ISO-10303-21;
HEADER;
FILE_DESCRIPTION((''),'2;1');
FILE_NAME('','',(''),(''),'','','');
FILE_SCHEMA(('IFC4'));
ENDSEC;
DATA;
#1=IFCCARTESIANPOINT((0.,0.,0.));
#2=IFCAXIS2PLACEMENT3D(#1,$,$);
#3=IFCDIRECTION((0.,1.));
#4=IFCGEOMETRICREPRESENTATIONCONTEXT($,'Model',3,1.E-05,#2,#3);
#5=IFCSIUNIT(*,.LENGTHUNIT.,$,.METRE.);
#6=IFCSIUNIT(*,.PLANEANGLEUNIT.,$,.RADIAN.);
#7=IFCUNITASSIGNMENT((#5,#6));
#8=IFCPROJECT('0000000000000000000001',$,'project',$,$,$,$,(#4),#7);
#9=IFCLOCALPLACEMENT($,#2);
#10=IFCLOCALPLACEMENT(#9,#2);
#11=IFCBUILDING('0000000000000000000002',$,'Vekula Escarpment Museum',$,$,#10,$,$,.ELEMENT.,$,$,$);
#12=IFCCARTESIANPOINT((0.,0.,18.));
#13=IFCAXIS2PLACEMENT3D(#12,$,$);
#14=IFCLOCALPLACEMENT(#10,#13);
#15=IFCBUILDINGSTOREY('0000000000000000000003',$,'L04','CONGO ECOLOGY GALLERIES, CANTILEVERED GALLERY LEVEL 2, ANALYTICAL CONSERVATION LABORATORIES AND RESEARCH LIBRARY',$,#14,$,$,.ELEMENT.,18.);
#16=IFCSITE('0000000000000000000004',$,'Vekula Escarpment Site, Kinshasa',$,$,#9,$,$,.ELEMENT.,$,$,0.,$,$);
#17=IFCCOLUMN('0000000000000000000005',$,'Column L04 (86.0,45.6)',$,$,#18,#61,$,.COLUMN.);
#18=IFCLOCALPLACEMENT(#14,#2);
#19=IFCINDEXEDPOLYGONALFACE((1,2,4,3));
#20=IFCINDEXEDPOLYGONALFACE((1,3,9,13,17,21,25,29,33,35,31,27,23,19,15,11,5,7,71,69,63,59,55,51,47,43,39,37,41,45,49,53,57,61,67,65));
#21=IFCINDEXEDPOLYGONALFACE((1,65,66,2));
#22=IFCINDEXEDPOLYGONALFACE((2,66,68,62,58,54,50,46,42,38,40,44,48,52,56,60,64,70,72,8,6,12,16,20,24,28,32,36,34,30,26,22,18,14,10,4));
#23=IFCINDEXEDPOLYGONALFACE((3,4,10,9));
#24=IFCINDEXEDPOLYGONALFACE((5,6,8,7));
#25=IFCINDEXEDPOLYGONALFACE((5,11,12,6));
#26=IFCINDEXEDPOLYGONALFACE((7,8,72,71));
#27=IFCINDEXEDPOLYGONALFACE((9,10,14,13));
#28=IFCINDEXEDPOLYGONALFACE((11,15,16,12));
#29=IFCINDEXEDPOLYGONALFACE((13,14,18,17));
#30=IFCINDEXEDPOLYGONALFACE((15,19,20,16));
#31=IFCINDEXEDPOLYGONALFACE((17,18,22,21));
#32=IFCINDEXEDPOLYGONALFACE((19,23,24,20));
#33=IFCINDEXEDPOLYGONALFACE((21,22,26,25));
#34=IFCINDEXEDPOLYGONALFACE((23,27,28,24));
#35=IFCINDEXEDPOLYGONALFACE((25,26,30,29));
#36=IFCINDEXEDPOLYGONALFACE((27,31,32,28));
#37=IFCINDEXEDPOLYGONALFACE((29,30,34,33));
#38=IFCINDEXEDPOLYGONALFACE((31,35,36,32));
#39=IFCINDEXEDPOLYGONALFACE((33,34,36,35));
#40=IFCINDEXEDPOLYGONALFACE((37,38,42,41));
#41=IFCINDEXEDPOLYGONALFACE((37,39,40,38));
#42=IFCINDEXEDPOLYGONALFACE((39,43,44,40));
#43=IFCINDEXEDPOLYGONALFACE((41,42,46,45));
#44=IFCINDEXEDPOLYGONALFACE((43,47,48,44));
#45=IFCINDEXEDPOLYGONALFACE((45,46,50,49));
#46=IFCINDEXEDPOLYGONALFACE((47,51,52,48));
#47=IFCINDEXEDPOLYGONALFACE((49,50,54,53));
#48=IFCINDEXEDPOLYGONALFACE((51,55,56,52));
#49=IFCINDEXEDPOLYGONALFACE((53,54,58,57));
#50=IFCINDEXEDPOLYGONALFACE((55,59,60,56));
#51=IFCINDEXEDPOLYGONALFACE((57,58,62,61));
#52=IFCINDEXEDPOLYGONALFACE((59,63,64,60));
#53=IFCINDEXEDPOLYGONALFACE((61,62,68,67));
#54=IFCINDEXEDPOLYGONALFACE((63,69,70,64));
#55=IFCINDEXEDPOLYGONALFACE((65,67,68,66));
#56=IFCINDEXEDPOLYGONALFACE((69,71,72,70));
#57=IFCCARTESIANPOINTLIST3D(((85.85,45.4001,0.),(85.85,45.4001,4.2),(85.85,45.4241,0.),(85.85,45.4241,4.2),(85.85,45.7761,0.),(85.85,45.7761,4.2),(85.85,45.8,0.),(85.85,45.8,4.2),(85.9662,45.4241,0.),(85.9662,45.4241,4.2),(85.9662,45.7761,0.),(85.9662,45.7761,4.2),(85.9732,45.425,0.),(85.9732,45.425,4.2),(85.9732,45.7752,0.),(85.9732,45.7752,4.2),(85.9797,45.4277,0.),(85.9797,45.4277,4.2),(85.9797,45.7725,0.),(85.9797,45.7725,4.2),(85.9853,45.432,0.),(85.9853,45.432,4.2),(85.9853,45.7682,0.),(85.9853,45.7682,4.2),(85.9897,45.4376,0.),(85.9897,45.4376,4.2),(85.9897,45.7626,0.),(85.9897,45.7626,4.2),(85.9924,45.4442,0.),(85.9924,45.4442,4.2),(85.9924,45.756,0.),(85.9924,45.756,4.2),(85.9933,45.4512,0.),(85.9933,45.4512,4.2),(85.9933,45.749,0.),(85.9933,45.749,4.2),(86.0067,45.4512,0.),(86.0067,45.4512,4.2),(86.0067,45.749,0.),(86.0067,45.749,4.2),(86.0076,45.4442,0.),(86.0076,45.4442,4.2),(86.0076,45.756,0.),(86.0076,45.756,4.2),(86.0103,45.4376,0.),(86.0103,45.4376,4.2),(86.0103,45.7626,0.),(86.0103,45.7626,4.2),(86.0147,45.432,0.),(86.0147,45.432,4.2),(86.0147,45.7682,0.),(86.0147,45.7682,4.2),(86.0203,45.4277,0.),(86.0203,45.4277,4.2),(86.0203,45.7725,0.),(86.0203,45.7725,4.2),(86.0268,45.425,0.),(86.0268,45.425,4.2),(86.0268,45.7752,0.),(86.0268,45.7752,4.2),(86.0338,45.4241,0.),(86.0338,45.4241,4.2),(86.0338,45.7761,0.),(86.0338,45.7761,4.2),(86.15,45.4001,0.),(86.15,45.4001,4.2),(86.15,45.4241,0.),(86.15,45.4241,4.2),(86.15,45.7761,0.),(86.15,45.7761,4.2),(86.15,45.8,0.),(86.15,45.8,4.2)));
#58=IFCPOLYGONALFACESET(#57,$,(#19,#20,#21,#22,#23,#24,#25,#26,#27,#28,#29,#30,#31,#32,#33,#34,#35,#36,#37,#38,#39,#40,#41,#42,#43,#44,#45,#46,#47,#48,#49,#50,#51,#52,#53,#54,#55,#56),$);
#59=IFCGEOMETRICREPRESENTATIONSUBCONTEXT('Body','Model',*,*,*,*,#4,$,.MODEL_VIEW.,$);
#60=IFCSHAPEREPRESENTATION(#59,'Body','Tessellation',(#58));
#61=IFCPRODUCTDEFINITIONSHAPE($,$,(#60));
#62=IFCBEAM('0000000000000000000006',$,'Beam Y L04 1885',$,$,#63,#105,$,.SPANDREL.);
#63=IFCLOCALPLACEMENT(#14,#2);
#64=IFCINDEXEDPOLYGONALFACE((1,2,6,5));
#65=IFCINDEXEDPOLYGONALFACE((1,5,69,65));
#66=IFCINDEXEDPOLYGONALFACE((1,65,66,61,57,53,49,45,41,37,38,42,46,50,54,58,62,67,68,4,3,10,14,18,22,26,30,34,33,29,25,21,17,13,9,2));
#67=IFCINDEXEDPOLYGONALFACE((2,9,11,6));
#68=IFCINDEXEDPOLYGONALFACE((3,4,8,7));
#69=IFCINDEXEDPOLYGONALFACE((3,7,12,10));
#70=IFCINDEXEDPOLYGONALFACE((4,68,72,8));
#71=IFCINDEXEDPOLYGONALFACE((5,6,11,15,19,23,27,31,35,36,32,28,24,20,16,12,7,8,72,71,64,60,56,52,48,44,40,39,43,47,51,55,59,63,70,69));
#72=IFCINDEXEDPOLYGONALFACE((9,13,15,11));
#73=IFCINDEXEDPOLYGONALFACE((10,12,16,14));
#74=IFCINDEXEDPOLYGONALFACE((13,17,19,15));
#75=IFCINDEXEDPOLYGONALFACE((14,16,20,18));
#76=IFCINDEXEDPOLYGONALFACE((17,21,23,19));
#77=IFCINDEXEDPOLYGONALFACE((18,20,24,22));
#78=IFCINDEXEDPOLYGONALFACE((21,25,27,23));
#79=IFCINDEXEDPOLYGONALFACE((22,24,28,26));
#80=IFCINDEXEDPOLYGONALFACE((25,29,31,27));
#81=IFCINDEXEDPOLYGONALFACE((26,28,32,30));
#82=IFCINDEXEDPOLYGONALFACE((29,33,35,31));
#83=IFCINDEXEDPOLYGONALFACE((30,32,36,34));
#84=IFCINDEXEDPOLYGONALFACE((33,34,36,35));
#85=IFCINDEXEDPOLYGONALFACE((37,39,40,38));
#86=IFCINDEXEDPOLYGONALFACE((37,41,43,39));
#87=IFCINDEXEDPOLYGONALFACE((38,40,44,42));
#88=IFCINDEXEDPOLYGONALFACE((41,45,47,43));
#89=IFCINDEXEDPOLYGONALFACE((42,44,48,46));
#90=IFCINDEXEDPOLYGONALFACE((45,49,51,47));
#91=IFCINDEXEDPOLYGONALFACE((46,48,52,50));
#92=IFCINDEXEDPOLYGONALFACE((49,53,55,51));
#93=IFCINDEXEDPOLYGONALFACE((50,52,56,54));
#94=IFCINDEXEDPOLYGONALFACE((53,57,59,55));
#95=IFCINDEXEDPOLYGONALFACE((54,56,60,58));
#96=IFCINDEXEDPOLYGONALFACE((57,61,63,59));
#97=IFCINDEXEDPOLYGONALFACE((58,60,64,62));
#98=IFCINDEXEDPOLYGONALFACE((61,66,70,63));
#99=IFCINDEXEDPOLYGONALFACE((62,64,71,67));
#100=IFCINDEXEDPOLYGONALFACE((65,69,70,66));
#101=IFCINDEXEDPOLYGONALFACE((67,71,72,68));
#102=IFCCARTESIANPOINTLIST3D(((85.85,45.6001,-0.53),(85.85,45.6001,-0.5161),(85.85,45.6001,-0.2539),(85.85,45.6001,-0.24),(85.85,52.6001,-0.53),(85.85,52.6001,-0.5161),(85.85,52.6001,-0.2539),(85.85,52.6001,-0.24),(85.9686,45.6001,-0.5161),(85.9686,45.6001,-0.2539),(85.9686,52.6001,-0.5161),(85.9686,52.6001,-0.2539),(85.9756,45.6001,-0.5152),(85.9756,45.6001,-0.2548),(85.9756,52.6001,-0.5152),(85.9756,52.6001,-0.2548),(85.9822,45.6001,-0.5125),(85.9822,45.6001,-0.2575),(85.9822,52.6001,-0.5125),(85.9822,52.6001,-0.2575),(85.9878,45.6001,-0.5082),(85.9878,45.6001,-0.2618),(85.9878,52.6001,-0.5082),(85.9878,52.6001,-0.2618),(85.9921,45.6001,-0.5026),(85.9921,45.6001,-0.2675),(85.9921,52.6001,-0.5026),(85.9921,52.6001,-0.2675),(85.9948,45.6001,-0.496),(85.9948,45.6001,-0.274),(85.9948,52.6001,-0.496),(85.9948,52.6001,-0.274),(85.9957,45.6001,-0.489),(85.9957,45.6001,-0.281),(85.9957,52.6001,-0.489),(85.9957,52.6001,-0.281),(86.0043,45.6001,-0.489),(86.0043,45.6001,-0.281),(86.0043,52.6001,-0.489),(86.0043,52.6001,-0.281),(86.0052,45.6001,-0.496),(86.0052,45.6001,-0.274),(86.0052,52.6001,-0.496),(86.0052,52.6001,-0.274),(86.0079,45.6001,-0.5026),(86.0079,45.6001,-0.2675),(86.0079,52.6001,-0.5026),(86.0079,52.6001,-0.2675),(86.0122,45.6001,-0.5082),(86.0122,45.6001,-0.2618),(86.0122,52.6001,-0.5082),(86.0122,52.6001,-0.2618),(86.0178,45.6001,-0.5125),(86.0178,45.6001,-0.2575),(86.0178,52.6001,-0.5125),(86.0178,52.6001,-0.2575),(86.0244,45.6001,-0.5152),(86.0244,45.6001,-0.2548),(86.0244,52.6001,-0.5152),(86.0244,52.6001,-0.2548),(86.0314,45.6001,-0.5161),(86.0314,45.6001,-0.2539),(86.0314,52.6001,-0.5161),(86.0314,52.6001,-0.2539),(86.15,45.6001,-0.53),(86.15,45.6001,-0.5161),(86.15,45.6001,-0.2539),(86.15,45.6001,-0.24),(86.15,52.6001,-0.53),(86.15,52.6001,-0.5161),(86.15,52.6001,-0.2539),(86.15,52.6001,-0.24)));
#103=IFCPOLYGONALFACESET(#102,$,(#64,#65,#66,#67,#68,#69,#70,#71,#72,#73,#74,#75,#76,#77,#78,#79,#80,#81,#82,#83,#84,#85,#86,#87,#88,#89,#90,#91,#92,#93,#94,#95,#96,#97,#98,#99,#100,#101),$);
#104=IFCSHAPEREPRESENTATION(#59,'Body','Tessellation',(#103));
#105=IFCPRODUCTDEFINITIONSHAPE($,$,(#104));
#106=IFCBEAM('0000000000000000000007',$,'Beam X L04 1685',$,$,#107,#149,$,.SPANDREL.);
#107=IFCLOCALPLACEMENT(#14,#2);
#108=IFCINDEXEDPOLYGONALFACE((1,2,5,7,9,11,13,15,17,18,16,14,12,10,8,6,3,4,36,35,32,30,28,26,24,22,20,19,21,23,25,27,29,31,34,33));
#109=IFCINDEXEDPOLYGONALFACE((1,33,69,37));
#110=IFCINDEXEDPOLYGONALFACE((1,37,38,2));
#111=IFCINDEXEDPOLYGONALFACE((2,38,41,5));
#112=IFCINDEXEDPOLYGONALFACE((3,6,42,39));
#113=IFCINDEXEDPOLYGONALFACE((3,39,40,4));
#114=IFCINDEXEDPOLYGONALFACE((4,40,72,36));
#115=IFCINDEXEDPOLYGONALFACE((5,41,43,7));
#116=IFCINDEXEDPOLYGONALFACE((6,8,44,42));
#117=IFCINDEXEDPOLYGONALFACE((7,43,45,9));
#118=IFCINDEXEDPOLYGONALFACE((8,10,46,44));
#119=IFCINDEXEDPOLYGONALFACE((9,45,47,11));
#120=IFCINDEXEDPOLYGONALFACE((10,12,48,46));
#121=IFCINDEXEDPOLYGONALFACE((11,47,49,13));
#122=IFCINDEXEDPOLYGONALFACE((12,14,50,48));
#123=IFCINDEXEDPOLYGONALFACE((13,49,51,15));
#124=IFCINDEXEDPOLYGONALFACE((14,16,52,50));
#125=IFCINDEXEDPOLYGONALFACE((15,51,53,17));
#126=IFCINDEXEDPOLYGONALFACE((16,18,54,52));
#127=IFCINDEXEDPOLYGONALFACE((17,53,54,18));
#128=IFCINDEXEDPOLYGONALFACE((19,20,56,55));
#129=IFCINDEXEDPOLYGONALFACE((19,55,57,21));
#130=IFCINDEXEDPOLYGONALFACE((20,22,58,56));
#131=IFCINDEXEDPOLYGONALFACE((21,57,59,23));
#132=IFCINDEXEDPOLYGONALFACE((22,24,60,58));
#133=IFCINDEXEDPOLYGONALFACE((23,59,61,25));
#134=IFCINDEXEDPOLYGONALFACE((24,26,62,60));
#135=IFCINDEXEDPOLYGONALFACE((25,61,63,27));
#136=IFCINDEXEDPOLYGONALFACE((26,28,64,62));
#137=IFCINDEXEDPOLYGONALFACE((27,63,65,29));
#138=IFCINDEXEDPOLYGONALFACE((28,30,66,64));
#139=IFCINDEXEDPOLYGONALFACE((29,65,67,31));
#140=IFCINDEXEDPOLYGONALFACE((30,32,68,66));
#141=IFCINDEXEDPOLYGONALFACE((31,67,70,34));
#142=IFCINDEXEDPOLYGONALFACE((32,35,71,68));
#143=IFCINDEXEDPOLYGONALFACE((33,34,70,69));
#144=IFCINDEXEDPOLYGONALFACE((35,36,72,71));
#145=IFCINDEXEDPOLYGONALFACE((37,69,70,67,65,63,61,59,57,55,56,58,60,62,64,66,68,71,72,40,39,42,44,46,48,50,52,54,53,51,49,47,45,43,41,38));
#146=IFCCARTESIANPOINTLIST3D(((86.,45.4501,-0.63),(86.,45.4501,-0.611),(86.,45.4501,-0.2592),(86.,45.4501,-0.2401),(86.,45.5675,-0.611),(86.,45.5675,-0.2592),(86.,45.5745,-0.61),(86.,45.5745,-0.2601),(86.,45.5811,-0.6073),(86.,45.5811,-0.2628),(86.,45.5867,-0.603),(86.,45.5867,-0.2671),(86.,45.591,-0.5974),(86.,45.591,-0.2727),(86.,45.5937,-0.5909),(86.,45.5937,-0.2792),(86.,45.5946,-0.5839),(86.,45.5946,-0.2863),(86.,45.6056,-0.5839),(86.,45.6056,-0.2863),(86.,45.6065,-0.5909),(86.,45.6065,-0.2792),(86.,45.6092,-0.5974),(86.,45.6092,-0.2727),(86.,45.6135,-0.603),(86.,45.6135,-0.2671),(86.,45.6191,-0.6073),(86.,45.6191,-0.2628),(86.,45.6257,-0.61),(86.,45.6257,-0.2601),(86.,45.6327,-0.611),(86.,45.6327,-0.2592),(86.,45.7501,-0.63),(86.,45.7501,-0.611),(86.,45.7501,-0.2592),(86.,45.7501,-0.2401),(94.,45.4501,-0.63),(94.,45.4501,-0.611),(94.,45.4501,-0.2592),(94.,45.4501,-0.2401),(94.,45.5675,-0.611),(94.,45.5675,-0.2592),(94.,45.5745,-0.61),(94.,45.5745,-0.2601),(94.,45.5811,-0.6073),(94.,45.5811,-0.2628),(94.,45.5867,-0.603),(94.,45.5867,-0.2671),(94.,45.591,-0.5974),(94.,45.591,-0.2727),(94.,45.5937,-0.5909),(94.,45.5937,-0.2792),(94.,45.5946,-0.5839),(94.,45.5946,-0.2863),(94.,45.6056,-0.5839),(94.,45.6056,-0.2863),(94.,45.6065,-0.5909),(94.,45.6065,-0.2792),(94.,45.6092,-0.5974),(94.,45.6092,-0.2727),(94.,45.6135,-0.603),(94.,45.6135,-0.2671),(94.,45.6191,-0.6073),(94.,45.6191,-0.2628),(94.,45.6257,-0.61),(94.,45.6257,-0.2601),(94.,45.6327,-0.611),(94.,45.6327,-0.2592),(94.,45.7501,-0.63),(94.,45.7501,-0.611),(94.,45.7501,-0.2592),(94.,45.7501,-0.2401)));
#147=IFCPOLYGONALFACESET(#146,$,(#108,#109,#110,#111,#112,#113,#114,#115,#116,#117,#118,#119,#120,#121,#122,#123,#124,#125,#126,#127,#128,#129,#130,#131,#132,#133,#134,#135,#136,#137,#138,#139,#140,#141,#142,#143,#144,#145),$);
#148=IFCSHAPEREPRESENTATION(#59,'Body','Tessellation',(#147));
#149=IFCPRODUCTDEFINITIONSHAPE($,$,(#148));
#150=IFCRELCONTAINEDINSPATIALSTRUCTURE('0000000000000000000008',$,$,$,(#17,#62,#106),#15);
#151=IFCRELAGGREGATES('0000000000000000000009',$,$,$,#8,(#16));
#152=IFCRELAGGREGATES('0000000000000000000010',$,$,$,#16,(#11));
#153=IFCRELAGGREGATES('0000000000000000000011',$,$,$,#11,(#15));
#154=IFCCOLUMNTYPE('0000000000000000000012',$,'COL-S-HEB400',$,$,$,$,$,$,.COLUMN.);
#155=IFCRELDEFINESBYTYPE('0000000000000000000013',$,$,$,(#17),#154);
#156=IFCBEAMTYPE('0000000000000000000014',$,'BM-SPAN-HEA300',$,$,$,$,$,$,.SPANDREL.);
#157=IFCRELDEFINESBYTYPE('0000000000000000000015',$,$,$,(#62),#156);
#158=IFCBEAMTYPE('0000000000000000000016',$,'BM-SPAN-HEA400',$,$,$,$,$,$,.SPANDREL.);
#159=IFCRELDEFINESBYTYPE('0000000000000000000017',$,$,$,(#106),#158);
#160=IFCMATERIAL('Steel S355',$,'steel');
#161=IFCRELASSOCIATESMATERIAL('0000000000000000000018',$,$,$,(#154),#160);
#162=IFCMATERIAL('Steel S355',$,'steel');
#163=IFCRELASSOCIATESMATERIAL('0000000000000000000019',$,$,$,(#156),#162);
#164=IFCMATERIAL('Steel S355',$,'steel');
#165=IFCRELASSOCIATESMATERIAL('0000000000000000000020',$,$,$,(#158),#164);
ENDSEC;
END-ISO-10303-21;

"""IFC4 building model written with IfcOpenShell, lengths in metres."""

from ifc_helpers import new_model, si_unit, direction, frame, origin, origin_2d, place, context, subcontext, project, spatial, i_section, extrude, material, material_profile, profile_set, type_object, element, save


model = new_model("IFC4")

# Units and contexts
model_context = context("Model", 3, precision=1e-05, world=origin(), true_north=direction((0.0, 1.0)))
body_context = subcontext(model_context, "Body", "Model", "MODEL_VIEW")
ifc_project = project(units=[si_unit("LENGTHUNIT", "METRE"), si_unit("PLANEANGLEUNIT", "RADIAN")], contexts=[model_context])

# Site, building, storey
site_placement = place(None, origin())
site = spatial("IfcSite", under=ifc_project, at=site_placement, Name="Vekula Escarpment Site, Kinshasa", CompositionType="ELEMENT", RefElevation=0.0)
building_placement = place(site_placement, origin())
building = spatial("IfcBuilding", under=site, at=building_placement, Name="Vekula Escarpment Museum", CompositionType="ELEMENT")
storey_placement = place(building_placement, frame((0.0, 0.0, 18.0)))
storey = spatial("IfcBuildingStorey", under=building, at=storey_placement, Name="L04", Description="CONGO ECOLOGY GALLERIES, CANTILEVERED GALLERY LEVEL 2, ANALYTICAL CONSERVATION LABORATORIES AND RESEARCH LIBRARY", CompositionType="ELEMENT", Elevation=18.0)

# Column
ifc_material_1 = material(Name="Steel S355", Category="steel")
ifc_material_profile_1 = material_profile(ifc_material_1, i_section(OverallWidth=0.3, OverallDepth=0.3999, WebThickness=0.0134, FlangeThickness=0.0239, FilletRadius=0.0271, at=origin_2d()), Name="HEB 400")
ifc_profile_set_1 = profile_set([ifc_material_profile_1], Name="Steel S355")
column_type = type_object("IfcColumnType", Name="COL-S-HEB400", PredefinedType="COLUMN", material=ifc_profile_set_1)
column_placement = place(storey_placement, frame((86.0, 45.6001, 0.0), z_axis=(0.0, 0.0, 1.0), x_axis=(1.0, 0.0, 0.0)))
element("IfcColumn", 1, at=column_placement, inside=storey, type_object=column_type, Name="Column L04 (86.0,45.6)", PredefinedType="COLUMN", context=body_context, shape_type="SweptSolid", body=[
    extrude(i_section(OverallWidth=0.3, OverallDepth=0.3999, WebThickness=0.0134, FlangeThickness=0.0239, FilletRadius=0.0271, at=origin_2d()), origin(), (0.0, 0.0, 1.0), 4.2),
])

# Beams
ifc_material_2 = material(Name="Steel S355", Category="steel")
ifc_material_profile_2 = material_profile(ifc_material_2, i_section(OverallWidth=0.3, OverallDepth=0.29, WebThickness=0.0085, FlangeThickness=0.0139, FilletRadius=0.0271, at=origin_2d()), Name="HEA 300")
ifc_profile_set_2 = profile_set([ifc_material_profile_2], Name="Steel S355")
beam_type_1 = type_object("IfcBeamType", Name="BM-SPAN-HEA300", PredefinedType="SPANDREL", material=ifc_profile_set_2)
beam_1_placement = place(storey_placement, frame((86.0, 45.6001, -0.385), z_axis=(0.0, 1.0, 0.0), x_axis=(-1.0, 0.0, 0.0)))
element("IfcBeam", 2, at=beam_1_placement, inside=storey, type_object=beam_type_1, Name="Beam Y L04 1885", PredefinedType="SPANDREL", context=body_context, shape_type="SweptSolid", body=[
    extrude(i_section(OverallWidth=0.3, OverallDepth=0.29, WebThickness=0.0085, FlangeThickness=0.0139, FilletRadius=0.0271, at=origin_2d()), origin(), (0.0, 0.0, 1.0), 7.0),
])
ifc_material_3 = material(Name="Steel S355", Category="steel")
ifc_material_profile_3 = material_profile(ifc_material_3, i_section(OverallWidth=0.3, OverallDepth=0.3899, WebThickness=0.011, FlangeThickness=0.019, FilletRadius=0.0271, at=origin_2d()), Name="HEA 400")
ifc_profile_set_3 = profile_set([ifc_material_profile_3], Name="Steel S355")
beam_type_2 = type_object("IfcBeamType", Name="BM-SPAN-HEA400", PredefinedType="SPANDREL", material=ifc_profile_set_3)
beam_2_placement = place(storey_placement, frame((86.0, 45.6001, -0.4351), z_axis=(1.0, 0.0, 0.0), x_axis=(0.0, 1.0, 0.0)))
element("IfcBeam", 3, at=beam_2_placement, inside=storey, type_object=beam_type_2, Name="Beam X L04 1685", PredefinedType="SPANDREL", context=body_context, shape_type="SweptSolid", body=[
    extrude(i_section(OverallWidth=0.3, OverallDepth=0.3899, WebThickness=0.011, FlangeThickness=0.019, FilletRadius=0.0271, at=origin_2d()), origin(), (0.0, 0.0, 1.0), 8.0),
])

save(model, "model.ifc")
